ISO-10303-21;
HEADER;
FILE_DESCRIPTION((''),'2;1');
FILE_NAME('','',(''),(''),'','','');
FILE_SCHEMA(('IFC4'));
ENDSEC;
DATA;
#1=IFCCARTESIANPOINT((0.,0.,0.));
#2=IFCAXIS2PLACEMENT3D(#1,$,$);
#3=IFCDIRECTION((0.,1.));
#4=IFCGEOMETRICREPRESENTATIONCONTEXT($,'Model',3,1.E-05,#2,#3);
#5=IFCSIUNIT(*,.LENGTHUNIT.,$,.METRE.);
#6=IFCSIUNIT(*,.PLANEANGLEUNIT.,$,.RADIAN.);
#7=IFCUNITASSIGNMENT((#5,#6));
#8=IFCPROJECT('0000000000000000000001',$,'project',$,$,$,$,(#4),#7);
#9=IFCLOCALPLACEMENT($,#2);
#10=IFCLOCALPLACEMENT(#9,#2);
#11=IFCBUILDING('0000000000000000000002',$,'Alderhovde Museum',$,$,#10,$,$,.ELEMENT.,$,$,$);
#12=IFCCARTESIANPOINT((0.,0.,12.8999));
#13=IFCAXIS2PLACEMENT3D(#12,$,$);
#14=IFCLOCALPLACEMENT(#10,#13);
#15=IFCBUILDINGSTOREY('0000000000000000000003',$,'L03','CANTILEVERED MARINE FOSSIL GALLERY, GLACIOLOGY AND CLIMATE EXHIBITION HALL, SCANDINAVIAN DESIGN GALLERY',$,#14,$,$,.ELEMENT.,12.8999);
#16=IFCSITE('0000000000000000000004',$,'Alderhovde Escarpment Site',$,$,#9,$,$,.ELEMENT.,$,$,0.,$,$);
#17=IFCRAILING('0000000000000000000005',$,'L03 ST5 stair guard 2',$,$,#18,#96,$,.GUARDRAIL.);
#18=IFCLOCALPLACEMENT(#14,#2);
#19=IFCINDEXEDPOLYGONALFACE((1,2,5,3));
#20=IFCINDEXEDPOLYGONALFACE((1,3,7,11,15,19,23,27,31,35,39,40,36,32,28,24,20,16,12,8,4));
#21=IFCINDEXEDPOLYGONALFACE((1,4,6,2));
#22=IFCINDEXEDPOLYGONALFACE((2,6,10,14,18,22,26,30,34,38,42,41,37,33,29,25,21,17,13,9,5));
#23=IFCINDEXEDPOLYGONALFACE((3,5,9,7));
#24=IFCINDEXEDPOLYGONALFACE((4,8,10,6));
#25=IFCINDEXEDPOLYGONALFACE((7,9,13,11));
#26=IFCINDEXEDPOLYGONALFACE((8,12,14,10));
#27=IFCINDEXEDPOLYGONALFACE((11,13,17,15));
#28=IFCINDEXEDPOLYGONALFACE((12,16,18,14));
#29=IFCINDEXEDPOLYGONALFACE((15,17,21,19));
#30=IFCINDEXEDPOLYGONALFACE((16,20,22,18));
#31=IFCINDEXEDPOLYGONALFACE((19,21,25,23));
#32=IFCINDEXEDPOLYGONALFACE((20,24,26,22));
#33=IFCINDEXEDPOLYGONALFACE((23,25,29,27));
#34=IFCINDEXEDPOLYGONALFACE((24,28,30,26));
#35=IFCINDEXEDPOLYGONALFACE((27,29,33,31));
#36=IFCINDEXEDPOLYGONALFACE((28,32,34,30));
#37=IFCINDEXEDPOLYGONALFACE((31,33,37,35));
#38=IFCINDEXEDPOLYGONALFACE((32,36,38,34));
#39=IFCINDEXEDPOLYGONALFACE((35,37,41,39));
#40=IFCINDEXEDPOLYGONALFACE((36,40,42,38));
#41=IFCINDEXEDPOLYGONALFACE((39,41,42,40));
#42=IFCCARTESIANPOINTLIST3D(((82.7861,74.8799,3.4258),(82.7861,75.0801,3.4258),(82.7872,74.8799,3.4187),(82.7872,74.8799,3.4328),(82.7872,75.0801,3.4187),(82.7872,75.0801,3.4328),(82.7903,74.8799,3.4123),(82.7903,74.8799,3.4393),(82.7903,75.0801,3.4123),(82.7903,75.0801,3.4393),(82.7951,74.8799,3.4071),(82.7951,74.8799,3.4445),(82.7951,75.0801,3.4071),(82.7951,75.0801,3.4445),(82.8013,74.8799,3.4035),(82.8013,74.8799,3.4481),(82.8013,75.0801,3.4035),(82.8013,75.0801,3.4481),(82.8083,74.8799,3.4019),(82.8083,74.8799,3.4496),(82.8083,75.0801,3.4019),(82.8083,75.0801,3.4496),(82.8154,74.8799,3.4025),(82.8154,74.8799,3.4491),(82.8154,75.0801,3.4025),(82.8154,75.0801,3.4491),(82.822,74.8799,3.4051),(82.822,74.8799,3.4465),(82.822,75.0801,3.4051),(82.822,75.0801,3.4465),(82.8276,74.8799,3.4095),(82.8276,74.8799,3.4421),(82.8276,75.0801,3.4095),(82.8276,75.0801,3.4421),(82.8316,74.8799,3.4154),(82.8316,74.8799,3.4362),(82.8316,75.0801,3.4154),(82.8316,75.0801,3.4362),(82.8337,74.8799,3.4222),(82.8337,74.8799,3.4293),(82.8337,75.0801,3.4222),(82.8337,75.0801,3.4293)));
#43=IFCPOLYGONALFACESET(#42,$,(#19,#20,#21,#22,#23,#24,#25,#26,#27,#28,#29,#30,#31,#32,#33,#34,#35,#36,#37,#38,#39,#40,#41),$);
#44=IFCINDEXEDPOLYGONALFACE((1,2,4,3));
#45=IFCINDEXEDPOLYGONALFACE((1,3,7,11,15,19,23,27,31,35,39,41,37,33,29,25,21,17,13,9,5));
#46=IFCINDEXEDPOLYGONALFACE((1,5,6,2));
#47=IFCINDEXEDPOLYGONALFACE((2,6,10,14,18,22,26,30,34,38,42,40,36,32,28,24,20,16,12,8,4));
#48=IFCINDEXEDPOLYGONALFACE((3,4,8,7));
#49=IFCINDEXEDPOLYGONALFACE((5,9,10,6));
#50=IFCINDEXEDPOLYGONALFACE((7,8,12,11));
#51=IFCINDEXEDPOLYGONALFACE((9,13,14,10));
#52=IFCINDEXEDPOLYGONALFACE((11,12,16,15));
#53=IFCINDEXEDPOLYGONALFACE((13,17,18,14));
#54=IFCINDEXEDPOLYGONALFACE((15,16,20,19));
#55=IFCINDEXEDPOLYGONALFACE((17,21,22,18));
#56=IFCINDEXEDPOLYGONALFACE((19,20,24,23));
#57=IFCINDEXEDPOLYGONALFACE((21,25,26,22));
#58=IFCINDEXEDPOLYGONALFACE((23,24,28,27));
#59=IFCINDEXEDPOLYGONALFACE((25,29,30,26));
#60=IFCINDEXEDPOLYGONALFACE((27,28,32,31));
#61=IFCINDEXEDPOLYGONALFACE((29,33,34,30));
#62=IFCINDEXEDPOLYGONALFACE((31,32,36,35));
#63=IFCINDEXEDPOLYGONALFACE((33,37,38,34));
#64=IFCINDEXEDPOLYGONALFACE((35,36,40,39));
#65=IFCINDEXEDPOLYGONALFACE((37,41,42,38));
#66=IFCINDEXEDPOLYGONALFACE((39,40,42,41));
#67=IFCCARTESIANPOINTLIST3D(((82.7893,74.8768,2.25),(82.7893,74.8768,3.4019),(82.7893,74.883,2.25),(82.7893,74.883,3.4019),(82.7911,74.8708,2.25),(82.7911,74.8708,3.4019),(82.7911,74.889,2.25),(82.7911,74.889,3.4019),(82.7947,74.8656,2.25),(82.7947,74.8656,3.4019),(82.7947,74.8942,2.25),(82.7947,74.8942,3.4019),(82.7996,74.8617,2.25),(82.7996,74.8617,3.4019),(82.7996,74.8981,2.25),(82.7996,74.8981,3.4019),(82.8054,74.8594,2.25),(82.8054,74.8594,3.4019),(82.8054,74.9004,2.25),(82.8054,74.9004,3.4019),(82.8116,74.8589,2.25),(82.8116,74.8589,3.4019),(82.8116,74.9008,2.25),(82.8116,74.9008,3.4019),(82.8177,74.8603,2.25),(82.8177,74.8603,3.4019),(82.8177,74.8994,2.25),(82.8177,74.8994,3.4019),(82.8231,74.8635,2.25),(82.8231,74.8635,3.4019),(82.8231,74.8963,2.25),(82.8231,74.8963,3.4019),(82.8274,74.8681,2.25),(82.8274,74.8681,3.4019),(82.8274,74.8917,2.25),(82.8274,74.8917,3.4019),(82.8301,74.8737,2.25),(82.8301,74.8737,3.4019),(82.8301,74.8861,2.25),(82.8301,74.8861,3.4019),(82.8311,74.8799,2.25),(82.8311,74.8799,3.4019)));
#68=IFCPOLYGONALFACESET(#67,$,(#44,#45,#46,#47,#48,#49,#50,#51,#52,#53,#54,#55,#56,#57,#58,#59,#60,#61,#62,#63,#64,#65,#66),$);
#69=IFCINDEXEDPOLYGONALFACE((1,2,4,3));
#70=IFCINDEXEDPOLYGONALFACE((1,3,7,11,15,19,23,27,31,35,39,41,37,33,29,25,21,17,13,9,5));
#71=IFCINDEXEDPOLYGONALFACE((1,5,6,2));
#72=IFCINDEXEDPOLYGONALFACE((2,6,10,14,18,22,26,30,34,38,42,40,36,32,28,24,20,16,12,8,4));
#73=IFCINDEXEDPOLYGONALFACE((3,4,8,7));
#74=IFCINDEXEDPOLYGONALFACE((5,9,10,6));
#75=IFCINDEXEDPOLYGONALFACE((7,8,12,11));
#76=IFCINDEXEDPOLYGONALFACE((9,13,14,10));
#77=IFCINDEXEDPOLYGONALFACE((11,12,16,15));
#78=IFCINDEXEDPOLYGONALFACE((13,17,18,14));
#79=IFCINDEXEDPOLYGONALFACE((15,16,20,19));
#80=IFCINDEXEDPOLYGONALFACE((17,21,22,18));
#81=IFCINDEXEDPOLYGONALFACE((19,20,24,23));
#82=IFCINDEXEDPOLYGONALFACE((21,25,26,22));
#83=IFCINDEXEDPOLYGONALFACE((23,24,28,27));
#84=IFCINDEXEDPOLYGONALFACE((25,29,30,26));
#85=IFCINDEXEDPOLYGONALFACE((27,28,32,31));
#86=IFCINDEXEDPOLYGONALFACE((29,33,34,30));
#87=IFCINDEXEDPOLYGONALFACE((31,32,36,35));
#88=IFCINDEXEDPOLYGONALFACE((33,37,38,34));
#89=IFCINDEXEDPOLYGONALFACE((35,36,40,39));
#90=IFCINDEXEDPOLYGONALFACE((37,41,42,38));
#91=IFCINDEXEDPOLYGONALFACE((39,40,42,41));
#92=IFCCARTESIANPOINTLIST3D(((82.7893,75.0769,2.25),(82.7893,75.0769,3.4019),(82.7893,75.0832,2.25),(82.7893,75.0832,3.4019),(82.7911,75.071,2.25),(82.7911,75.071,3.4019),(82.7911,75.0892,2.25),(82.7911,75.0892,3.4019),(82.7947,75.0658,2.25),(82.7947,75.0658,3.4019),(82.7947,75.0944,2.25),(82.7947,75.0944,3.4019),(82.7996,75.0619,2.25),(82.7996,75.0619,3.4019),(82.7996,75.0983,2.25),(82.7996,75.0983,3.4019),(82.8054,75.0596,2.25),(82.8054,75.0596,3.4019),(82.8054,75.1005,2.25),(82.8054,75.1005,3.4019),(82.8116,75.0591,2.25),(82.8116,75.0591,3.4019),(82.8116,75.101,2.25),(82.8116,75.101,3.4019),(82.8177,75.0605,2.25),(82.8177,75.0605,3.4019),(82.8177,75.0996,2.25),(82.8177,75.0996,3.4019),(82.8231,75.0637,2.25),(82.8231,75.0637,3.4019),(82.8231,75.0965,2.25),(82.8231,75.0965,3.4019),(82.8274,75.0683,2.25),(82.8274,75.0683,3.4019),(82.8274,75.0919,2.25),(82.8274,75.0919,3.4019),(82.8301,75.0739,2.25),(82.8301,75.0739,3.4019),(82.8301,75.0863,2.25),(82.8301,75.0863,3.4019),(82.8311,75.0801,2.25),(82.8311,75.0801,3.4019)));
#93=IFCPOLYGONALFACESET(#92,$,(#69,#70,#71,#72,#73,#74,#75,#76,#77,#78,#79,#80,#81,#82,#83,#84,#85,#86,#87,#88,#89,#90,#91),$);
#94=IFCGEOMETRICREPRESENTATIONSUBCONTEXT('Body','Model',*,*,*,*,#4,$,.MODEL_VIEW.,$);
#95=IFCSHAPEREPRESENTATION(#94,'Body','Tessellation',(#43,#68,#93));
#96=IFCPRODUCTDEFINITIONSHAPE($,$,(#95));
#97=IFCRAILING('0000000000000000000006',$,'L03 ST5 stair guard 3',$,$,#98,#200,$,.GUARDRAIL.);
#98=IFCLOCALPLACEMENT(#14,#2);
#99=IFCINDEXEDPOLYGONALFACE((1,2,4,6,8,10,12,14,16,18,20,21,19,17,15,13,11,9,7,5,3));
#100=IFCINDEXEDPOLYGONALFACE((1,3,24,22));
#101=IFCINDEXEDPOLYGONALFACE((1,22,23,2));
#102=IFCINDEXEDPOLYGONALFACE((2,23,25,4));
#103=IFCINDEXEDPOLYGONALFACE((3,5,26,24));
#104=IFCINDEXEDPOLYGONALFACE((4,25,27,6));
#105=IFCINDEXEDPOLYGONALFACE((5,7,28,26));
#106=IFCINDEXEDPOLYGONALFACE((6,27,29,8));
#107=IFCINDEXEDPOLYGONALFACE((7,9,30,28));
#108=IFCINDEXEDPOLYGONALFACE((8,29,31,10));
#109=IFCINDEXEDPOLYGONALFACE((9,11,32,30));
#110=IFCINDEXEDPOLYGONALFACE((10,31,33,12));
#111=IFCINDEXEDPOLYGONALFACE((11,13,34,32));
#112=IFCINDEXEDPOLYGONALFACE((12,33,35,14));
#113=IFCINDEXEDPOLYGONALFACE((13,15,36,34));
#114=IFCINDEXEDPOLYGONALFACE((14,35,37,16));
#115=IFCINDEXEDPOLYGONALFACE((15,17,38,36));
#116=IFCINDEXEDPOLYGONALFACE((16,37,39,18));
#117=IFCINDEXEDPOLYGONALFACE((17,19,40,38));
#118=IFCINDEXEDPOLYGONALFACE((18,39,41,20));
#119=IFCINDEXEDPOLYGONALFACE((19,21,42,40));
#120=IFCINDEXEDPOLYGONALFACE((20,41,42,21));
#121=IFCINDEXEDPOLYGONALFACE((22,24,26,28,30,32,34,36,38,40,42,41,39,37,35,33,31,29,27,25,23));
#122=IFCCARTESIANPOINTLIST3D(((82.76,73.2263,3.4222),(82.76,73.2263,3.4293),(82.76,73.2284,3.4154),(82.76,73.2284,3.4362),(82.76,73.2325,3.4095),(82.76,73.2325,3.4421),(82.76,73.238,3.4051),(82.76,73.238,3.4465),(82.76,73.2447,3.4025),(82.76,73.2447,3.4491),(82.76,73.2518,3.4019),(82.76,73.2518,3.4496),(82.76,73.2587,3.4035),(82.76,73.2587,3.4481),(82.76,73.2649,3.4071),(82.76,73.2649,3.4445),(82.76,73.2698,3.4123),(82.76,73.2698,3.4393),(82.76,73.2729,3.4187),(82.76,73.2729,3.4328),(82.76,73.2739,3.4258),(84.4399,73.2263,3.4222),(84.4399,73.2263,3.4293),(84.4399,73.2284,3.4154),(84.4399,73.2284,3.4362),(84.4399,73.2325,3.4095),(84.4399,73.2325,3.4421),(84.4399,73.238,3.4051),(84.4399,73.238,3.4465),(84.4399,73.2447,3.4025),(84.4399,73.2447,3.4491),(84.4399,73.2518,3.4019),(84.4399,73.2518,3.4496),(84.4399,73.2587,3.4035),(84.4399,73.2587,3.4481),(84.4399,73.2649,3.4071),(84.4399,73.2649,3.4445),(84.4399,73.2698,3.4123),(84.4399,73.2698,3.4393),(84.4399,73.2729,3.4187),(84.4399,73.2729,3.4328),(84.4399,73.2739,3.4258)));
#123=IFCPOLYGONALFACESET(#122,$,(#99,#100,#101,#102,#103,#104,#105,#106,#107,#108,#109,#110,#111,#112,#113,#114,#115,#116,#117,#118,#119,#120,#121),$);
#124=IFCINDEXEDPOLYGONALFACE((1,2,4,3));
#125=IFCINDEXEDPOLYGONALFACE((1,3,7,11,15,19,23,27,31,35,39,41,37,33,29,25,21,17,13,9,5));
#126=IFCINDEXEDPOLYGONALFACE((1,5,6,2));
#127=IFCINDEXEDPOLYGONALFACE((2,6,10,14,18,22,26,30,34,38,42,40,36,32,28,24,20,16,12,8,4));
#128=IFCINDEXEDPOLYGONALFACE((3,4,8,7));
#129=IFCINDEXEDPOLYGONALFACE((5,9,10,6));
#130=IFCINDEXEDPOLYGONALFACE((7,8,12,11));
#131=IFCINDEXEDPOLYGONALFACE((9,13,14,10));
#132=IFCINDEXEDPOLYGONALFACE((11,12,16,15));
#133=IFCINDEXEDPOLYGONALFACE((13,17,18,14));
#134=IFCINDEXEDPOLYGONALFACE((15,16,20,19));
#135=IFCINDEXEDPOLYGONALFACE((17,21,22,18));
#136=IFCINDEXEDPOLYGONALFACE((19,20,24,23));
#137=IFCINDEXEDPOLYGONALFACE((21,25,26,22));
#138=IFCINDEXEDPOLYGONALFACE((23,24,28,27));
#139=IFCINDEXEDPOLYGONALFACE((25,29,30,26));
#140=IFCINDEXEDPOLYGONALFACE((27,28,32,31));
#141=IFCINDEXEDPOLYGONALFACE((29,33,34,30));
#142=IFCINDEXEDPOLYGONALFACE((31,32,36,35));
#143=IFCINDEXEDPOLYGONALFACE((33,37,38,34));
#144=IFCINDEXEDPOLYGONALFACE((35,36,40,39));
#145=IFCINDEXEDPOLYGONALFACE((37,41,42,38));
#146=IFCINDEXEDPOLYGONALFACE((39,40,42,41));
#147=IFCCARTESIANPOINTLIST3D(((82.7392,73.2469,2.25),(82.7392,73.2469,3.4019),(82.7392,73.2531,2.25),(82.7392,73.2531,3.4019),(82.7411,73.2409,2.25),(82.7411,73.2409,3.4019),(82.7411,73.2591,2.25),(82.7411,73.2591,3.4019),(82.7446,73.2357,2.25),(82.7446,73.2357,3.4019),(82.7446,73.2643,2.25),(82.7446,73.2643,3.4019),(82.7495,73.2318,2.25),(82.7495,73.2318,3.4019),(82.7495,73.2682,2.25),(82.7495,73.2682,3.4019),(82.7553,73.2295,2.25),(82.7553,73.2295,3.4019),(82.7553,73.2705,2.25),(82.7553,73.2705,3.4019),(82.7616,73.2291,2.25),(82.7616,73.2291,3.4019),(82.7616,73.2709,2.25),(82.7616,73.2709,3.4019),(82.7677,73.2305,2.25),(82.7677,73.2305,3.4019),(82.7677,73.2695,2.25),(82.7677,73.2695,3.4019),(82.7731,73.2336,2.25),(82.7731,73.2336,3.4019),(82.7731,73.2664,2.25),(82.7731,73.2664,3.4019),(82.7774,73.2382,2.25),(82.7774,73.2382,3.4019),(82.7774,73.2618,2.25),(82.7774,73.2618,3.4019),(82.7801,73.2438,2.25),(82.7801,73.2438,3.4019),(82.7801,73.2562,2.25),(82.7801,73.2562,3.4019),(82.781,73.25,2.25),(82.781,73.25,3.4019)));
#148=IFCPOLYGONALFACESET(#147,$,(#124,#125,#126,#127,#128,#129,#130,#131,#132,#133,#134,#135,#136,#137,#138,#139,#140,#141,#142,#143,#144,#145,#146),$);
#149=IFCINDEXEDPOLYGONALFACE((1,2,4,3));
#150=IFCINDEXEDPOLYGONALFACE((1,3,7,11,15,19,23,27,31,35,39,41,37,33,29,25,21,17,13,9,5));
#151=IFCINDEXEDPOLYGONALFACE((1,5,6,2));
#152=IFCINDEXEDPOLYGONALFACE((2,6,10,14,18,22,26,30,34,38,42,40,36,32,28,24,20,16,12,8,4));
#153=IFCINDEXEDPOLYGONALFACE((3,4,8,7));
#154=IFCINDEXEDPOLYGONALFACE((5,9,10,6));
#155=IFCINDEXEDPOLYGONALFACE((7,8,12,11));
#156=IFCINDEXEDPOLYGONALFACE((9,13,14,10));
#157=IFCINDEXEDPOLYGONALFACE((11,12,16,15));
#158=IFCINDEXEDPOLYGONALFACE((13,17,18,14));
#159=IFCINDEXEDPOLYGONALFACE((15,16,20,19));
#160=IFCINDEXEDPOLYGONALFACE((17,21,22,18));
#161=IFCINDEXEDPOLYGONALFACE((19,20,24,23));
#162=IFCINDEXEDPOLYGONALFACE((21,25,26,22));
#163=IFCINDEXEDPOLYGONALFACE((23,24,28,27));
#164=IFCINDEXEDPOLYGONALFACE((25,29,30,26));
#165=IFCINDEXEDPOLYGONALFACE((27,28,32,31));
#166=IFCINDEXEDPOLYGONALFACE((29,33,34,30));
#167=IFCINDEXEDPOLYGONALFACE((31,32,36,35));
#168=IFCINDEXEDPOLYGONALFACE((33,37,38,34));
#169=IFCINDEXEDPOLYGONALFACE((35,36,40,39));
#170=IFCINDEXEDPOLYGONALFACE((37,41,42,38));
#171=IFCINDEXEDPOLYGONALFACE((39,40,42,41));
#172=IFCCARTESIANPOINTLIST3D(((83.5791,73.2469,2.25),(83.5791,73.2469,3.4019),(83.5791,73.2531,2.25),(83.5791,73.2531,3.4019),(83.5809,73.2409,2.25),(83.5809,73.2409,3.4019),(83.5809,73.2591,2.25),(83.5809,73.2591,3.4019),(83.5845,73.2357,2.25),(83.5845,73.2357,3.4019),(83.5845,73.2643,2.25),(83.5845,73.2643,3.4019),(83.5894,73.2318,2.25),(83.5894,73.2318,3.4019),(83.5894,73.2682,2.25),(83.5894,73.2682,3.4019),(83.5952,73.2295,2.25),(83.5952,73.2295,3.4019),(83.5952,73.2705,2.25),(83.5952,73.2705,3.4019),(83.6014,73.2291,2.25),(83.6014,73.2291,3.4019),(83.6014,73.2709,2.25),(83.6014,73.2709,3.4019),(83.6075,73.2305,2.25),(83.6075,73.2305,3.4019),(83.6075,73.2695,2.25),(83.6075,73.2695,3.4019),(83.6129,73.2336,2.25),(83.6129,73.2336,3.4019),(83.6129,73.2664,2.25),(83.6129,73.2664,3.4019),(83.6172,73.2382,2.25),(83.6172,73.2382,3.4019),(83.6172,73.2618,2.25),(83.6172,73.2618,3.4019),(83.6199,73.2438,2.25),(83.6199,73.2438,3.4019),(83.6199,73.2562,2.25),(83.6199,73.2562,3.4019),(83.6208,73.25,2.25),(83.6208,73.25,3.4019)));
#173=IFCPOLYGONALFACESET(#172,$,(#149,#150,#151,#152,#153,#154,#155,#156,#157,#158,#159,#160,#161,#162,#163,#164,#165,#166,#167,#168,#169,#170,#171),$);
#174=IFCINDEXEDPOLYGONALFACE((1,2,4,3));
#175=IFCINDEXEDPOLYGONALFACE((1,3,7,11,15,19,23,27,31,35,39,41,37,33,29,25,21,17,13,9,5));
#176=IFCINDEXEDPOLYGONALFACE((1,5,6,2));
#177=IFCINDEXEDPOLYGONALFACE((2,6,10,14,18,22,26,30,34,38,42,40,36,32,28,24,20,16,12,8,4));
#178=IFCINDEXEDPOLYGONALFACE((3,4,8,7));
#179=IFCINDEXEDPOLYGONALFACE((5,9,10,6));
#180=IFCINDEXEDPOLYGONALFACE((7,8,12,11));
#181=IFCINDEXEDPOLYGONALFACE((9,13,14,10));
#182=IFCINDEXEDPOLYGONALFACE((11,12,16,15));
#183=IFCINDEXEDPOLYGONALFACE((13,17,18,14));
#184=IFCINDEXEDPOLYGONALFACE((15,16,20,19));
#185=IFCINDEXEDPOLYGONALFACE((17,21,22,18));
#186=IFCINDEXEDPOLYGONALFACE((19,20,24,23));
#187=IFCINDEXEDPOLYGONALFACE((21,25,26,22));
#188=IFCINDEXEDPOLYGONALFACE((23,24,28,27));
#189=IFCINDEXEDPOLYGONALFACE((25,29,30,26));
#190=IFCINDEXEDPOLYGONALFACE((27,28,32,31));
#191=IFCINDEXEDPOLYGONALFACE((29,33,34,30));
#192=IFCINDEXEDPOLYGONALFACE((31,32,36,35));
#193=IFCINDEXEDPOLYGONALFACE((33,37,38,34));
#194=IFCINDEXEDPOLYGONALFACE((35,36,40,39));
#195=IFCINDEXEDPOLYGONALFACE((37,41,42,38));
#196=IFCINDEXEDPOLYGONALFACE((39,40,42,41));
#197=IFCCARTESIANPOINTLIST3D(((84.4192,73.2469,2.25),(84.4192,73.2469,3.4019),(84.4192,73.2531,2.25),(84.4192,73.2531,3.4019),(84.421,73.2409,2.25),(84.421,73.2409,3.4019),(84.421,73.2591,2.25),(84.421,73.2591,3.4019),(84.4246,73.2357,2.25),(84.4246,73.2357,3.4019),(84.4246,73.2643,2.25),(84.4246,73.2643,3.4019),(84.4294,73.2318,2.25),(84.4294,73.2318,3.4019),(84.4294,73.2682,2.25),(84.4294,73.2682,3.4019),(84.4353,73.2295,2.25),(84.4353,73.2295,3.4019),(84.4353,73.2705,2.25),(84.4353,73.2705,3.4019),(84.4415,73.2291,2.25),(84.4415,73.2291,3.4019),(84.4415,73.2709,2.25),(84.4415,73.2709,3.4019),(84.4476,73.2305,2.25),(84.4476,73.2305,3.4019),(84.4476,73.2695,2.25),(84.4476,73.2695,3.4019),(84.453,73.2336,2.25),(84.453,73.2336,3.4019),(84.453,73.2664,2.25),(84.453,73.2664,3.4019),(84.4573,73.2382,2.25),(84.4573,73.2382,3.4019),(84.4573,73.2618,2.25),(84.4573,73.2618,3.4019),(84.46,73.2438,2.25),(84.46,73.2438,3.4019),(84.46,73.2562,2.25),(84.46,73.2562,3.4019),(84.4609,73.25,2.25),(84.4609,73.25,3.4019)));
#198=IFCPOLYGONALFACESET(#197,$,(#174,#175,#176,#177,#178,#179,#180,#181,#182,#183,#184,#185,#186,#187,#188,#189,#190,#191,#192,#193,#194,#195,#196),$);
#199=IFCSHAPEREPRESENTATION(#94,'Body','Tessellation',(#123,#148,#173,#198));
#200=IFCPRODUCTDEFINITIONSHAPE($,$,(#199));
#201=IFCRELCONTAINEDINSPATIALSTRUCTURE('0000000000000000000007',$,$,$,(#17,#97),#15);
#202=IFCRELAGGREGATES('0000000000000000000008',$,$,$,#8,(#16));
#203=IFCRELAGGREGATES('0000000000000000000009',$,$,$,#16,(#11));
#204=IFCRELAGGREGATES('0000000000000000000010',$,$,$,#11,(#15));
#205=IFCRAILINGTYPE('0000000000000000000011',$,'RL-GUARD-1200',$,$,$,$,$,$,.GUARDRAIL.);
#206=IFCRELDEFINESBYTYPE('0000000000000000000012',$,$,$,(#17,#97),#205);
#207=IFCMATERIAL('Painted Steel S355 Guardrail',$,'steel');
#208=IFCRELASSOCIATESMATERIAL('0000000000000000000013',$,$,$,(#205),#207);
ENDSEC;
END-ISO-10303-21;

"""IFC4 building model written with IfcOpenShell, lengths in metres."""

from ifc_helpers import new_model, si_unit, direction, frame, origin, origin_2d, place, context, subcontext, project, spatial, circle, extrude, material, type_object, element, save


model = new_model("IFC4")

# Units and contexts
model_context = context("Model", 3, precision=1e-05, world=origin(), true_north=direction((0.0, 1.0)))
body_context = subcontext(model_context, "Body", "Model", "MODEL_VIEW")
ifc_project = project(units=[si_unit("LENGTHUNIT", "METRE"), si_unit("PLANEANGLEUNIT", "RADIAN")], contexts=[model_context])

# Site, building, storey
site_placement = place(None, origin())
site = spatial("IfcSite", under=ifc_project, at=site_placement, Name="Alderhovde Escarpment Site", CompositionType="ELEMENT", RefElevation=0.0)
building_placement = place(site_placement, origin())
building = spatial("IfcBuilding", under=site, at=building_placement, Name="Alderhovde Museum", CompositionType="ELEMENT")
storey_placement = place(building_placement, frame((0.0, 0.0, 12.8999)))
storey = spatial("IfcBuildingStorey", under=building, at=storey_placement, Name="L03", Description="CANTILEVERED MARINE FOSSIL GALLERY, GLACIOLOGY AND CLIMATE EXHIBITION HALL, SCANDINAVIAN DESIGN GALLERY", CompositionType="ELEMENT", Elevation=12.8999)

# Railings
ifc_material_1 = material(Name="Painted Steel S355 Guardrail", Category="steel")
railing_type_1 = type_object("IfcRailingType", Name="RL-GUARD-1200", PredefinedType="GUARDRAIL", material=ifc_material_1)
railing_1_placement = place(storey_placement, frame((82.8101, 74.8799, 2.25)))
element("IfcRailing", 1, at=railing_1_placement, inside=storey, type_object=railing_type_1, Name="L03 ST5 stair guard 2", PredefinedType="GUARDRAIL", context=body_context, shape_type="SweptSolid", body=[
    extrude(circle(Radius=0.0239, at=origin_2d()), frame((0.0, 0.0, 1.1758), z_axis=(0.0, 1.0, 0.0), x_axis=(-1.0, 0.0, 0.0)), (0.0, 0.0, 1.0), 0.2002),
    extrude(circle(Radius=0.021, at=origin_2d()), origin(), (0.0, 0.0, 1.0), 1.1519),
    extrude(circle(Radius=0.021, at=origin_2d()), frame((0.0, 0.2002, 0.0)), (0.0, 0.0, 1.0), 1.1519),
])
for number, where, name in (
    (2, (82.76, 73.25, 2.25), "L03 ST5 stair guard 3"),
):
    element("IfcRailing", number, at=place(storey_placement, frame(where)), inside=storey, type_object=railing_type_1, Name=name, PredefinedType="GUARDRAIL", context=body_context, shape_type="SweptSolid", body=[
        extrude(circle(Radius=0.0239, at=origin_2d()), frame((0.0, 0.0, 1.1758), z_axis=(1.0, 0.0, 0.0), x_axis=(0.0, 1.0, 0.0)), (0.0, 0.0, 1.0), 1.6799),
        extrude(circle(Radius=0.021, at=origin_2d()), origin(), (0.0, 0.0, 1.0), 1.1519),
        extrude(circle(Radius=0.021, at=origin_2d()), frame((0.8398, 0.0, 0.0)), (0.0, 0.0, 1.0), 1.1519),
        extrude(circle(Radius=0.021, at=origin_2d()), frame((1.6799, 0.0, 0.0)), (0.0, 0.0, 1.0), 1.1519),
    ])

save(model, "model.ifc")
